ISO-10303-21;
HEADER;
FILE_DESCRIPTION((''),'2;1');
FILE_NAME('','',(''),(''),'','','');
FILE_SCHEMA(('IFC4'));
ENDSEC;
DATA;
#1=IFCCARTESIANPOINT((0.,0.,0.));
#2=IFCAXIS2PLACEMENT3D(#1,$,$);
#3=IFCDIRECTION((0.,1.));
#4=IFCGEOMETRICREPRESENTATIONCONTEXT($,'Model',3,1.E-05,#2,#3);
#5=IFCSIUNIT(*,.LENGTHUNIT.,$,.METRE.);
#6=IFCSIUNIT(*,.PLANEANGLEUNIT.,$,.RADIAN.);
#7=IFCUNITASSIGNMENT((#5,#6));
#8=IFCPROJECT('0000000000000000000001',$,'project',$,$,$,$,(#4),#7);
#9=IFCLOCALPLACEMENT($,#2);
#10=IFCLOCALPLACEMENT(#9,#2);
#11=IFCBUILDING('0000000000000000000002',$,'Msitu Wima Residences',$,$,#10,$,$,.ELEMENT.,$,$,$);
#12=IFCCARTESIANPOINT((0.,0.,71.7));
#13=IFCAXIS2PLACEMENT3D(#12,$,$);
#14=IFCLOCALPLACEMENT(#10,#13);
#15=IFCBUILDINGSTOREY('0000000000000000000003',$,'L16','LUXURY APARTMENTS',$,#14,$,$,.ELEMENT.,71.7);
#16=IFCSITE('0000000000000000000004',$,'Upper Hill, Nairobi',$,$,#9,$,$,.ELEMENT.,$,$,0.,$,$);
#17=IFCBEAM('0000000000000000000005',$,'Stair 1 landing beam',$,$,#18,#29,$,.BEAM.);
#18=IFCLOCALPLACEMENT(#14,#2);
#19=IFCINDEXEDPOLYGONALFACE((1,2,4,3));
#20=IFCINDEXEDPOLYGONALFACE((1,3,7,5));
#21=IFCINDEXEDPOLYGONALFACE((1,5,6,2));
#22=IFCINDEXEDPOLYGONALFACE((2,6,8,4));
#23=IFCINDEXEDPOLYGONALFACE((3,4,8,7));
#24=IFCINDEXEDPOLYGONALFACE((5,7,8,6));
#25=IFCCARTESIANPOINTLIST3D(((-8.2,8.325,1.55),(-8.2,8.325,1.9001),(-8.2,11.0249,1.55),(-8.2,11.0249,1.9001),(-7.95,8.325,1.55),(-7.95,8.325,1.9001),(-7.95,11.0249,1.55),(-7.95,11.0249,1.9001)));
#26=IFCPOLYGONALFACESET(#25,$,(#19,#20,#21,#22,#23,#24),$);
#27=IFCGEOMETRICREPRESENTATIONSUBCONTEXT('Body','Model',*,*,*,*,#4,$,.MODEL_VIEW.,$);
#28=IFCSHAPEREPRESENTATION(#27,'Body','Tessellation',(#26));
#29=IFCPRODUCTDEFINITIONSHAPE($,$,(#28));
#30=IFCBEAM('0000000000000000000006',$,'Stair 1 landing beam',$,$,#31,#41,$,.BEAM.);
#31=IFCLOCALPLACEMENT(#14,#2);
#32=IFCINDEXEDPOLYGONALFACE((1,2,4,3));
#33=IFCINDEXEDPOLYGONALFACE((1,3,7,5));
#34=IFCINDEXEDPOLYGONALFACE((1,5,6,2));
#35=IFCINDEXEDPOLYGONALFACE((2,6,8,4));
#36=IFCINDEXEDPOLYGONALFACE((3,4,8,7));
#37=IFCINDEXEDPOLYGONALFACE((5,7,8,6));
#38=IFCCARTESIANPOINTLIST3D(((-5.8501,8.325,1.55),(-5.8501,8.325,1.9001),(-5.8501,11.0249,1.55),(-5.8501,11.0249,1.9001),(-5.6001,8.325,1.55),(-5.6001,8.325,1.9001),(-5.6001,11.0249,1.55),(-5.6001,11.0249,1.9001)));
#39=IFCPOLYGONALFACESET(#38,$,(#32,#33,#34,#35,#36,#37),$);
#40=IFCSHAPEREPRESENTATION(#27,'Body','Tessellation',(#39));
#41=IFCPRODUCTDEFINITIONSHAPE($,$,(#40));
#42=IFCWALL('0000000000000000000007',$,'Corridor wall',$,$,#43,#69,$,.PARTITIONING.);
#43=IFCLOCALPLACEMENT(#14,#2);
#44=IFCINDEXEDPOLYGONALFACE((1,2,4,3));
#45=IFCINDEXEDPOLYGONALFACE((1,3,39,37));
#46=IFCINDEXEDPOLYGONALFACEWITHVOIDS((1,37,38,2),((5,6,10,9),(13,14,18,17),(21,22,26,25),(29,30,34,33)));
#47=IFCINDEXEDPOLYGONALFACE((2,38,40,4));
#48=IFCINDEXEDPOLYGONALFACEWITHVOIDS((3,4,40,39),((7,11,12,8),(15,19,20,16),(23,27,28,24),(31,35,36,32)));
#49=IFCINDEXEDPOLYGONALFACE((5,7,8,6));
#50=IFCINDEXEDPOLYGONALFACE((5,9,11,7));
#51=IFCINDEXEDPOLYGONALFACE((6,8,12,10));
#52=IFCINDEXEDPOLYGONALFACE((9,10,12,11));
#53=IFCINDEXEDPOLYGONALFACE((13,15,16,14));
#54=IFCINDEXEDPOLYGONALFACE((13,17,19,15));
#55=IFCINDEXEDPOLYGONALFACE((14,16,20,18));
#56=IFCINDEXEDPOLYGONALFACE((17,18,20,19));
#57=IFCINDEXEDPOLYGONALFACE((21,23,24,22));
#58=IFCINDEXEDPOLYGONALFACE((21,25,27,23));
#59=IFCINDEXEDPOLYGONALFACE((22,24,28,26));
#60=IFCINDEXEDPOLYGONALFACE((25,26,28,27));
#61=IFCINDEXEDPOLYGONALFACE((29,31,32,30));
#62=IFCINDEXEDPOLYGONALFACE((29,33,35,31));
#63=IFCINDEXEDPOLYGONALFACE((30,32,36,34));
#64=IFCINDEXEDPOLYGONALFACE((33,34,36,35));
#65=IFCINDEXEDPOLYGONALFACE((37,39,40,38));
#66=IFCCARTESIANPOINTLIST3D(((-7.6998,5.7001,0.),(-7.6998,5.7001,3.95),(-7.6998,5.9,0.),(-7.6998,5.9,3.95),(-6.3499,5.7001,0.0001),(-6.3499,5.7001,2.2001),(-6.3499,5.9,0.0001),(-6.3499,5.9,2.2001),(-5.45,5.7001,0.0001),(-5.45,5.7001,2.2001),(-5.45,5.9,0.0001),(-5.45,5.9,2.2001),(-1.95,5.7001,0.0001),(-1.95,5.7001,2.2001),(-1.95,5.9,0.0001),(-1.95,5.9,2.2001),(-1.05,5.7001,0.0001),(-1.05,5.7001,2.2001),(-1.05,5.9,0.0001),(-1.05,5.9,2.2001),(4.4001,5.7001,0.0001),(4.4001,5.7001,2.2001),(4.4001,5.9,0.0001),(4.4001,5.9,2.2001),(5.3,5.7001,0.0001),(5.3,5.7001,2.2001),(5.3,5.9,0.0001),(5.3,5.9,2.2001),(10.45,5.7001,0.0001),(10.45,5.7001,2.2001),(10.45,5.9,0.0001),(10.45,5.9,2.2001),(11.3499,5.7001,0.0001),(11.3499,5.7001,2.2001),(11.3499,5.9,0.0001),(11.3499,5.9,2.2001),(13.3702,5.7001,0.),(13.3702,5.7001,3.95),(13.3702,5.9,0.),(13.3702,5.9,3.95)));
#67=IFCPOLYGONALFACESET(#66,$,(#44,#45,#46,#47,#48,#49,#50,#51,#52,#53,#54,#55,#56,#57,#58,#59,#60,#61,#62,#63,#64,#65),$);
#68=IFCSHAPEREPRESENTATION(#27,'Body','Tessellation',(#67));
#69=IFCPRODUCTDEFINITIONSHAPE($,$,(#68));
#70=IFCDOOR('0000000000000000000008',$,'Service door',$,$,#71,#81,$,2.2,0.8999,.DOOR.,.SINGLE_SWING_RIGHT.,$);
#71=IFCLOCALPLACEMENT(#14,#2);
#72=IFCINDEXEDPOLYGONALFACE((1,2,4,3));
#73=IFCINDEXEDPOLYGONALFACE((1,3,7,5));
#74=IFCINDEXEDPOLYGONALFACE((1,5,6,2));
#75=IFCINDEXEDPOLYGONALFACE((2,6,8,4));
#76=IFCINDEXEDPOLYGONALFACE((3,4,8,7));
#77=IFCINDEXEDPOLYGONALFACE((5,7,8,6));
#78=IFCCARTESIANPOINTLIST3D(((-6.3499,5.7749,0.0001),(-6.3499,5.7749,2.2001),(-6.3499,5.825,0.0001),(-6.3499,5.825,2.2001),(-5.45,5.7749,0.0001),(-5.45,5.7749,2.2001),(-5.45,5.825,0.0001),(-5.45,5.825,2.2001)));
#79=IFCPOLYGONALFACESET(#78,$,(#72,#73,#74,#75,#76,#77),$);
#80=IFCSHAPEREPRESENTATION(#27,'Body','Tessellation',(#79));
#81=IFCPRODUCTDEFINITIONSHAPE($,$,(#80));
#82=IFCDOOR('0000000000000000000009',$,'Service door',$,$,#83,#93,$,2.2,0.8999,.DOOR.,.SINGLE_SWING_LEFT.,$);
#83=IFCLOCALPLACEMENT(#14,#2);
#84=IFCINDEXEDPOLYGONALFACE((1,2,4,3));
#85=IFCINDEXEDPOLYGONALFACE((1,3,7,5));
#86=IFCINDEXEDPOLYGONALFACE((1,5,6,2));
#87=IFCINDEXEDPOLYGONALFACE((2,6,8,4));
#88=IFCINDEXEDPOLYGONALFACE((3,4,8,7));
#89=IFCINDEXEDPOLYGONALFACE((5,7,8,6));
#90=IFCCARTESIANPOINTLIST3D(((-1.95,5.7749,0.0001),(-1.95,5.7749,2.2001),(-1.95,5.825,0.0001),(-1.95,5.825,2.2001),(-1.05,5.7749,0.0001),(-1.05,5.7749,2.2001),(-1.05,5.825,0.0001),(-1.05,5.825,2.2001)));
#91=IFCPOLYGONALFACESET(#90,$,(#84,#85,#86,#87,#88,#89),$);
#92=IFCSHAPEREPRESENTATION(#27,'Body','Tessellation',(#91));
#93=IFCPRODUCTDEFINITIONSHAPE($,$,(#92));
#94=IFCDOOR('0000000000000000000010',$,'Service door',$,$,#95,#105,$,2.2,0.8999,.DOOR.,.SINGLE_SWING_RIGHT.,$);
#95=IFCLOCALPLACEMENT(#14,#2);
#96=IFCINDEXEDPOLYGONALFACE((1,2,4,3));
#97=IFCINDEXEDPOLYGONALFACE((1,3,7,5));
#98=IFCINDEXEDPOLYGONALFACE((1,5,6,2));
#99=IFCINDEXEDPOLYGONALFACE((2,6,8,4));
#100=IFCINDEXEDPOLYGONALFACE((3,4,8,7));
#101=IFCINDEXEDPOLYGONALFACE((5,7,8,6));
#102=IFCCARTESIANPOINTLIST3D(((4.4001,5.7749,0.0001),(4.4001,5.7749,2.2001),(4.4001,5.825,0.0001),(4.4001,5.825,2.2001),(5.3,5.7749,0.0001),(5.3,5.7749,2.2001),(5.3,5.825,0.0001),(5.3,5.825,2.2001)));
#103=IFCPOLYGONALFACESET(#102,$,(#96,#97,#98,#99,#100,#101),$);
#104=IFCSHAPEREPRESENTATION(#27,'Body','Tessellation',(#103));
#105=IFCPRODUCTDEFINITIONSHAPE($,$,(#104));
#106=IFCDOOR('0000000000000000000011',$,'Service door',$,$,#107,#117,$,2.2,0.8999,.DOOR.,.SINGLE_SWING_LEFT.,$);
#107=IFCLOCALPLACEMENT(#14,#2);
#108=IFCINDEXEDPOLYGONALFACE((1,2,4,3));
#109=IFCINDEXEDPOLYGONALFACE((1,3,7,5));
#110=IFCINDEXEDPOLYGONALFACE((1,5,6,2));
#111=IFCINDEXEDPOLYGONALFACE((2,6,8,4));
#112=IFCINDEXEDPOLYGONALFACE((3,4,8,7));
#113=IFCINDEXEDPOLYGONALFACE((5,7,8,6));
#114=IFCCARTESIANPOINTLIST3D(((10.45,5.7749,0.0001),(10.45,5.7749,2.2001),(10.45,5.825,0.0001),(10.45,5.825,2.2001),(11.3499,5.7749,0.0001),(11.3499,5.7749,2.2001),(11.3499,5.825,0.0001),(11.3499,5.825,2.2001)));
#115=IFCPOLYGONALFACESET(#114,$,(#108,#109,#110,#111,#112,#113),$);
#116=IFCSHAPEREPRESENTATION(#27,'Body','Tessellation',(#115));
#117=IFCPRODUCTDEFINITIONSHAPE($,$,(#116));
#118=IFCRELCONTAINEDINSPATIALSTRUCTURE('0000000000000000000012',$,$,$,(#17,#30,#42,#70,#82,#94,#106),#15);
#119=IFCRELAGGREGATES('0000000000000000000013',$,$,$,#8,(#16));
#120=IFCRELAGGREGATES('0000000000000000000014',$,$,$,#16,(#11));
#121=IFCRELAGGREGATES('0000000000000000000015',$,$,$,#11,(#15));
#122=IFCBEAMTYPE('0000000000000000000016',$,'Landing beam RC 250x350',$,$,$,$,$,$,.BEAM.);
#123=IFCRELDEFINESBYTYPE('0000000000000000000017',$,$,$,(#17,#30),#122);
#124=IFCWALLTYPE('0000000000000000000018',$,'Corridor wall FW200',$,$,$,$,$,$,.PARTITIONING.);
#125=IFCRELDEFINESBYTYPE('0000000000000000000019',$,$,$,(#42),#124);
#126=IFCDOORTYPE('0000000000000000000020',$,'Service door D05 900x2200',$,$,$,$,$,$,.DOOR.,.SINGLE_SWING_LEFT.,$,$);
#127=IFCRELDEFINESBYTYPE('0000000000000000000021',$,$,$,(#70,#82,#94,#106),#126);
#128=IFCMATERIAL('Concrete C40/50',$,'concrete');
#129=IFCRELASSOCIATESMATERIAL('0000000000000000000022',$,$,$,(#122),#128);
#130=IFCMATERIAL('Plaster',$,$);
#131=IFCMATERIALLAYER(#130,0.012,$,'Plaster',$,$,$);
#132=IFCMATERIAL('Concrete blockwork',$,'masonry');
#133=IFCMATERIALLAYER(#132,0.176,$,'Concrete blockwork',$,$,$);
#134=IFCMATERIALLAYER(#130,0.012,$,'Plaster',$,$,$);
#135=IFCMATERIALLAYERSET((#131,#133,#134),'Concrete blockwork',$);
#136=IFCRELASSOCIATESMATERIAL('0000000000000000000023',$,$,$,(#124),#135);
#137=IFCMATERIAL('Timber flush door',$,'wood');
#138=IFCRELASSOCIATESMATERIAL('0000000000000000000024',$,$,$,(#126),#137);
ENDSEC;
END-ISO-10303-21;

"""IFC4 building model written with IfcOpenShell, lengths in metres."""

from ifc_helpers import new_model, si_unit, direction, frame, frame_2d, origin, origin_2d, place, context, subcontext, project, spatial, rectangle, extrude, material, layer, layer_set, material_profile, profile_set, type_object, element, fill, save


model = new_model("IFC4")

# Units and contexts
model_context = context("Model", 3, precision=1e-05, world=origin(), true_north=direction((0.0, 1.0)))
body_context = subcontext(model_context, "Body", "Model", "MODEL_VIEW")
ifc_project = project(units=[si_unit("LENGTHUNIT", "METRE"), si_unit("PLANEANGLEUNIT", "RADIAN")], contexts=[model_context])

# Site, building, storey
site_placement = place(None, origin())
site = spatial("IfcSite", under=ifc_project, at=site_placement, Name="Upper Hill, Nairobi", CompositionType="ELEMENT", RefElevation=0.0)
building_placement = place(site_placement, origin())
building = spatial("IfcBuilding", under=site, at=building_placement, Name="Msitu Wima Residences", CompositionType="ELEMENT")
storey_placement = place(building_placement, frame((0.0, 0.0, 71.7)))
storey = spatial("IfcBuildingStorey", under=building, at=storey_placement, Name="L16", Description="LUXURY APARTMENTS", CompositionType="ELEMENT", Elevation=71.7)

# Beams
ifc_material_1 = material(Name="Concrete C40/50", Category="concrete")
ifc_material_profile = material_profile(ifc_material_1, rectangle(XDim=0.25, YDim=0.3501, at=origin_2d()), Name="RC 250x350")
ifc_profile_set = profile_set([ifc_material_profile], Name="Concrete C40/50")
beam_type = type_object("IfcBeamType", Name="Landing beam RC 250x350", PredefinedType="BEAM", material=ifc_profile_set)
for number, where, z_axis, x_axis, name in (
    (1, (-8.075, 8.325, 1.7251), (0.0, 1.0, 0.0), (-1.0, 0.0, 0.0), "Stair 1 landing beam"),
    (2, (-5.7251, 8.325, 1.7251), (0.0, 1.0, 0.0), (-1.0, 0.0, 0.0), "Stair 1 landing beam"),
):
    element("IfcBeam", number, at=place(storey_placement, frame(where, z_axis=z_axis, x_axis=x_axis)), inside=storey, type_object=beam_type, Name=name, PredefinedType="BEAM", context=body_context, shape_type="SweptSolid", body=[
        extrude(rectangle(XDim=0.25, YDim=0.3501, at=origin_2d()), origin(), (0.0, 0.0, 1.0), 2.7),
    ])

# Shared definitions
ifc_material_2 = material(Name="Plaster")
ifc_layer_1 = layer(ifc_material_2, 0.012, Name="Plaster")
ifc_material_3 = material(Name="Concrete blockwork", Category="masonry")
ifc_layer_2 = layer(ifc_material_3, 0.176, Name="Concrete blockwork")
ifc_layer_3 = layer(ifc_material_2, 0.012, Name="Plaster")
ifc_layer_set_1 = layer_set([ifc_layer_1, ifc_layer_2, ifc_layer_3], Name="Concrete blockwork")
wall_type_1 = type_object("IfcWallType", Name="Corridor wall FW200", PredefinedType="PARTITIONING", material=ifc_layer_set_1)

# Wall, openings, doors
wall_1_placement = place(storey_placement, frame((-7.7, 5.8, 0.0), z_axis=(0.0, 0.0, 1.0), x_axis=(1.0, 0.0, 0.0)))
wall_1 = element("IfcWall", 3, at=wall_1_placement, inside=storey, type_object=wall_type_1, Name="Corridor wall", PredefinedType="PARTITIONING", context=body_context, shape_type="SweptSolid", body=[
    extrude(rectangle(XDim=21.0701, YDim=0.2, at=frame_2d((10.5352, 0.0))), origin(), (0.0, 0.0, 1.0), 3.95),
])
opening_1_placement = place(wall_1_placement, frame((1.3501, 0.0, 0.0)))
opening_1 = element("IfcOpeningElement", 4, at=opening_1_placement, cuts=wall_1, PredefinedType="OPENING", context=body_context, shape_type="SweptSolid", body=[
    extrude(rectangle(XDim=0.8999, YDim=2.2, at=frame_2d((0.45, 1.1001))), frame((0.0, 0.1099, 0.0), z_axis=(0.0, -1.0, 0.0), x_axis=(1.0, 0.0, 0.0)), (0.0, 0.0, 1.0), 0.22),
])
opening_2_placement = place(wall_1_placement, frame((5.75, 0.0, 0.0)))
opening_2 = element("IfcOpeningElement", 5, at=opening_2_placement, cuts=wall_1, PredefinedType="OPENING", context=body_context, shape_type="SweptSolid", body=[
    extrude(rectangle(XDim=0.8999, YDim=2.2, at=frame_2d((0.45, 1.1001))), frame((0.0, 0.1099, 0.0), z_axis=(0.0, -1.0, 0.0), x_axis=(1.0, 0.0, 0.0)), (0.0, 0.0, 1.0), 0.22),
])
opening_3_placement = place(wall_1_placement, frame((12.1001, 0.0, 0.0)))
opening_3 = element("IfcOpeningElement", 6, at=opening_3_placement, cuts=wall_1, PredefinedType="OPENING", context=body_context, shape_type="SweptSolid", body=[
    extrude(rectangle(XDim=0.8999, YDim=2.2, at=frame_2d((0.45, 1.1001))), frame((0.0, 0.1099, 0.0), z_axis=(0.0, -1.0, 0.0), x_axis=(1.0, 0.0, 0.0)), (0.0, 0.0, 1.0), 0.22),
])
opening_4_placement = place(wall_1_placement, frame((18.1499, 0.0, 0.0)))
opening_4 = element("IfcOpeningElement", 7, at=opening_4_placement, cuts=wall_1, PredefinedType="OPENING", context=body_context, shape_type="SweptSolid", body=[
    extrude(rectangle(XDim=0.8999, YDim=2.2, at=frame_2d((0.45, 1.1001))), frame((0.0, 0.1099, 0.0), z_axis=(0.0, -1.0, 0.0), x_axis=(1.0, 0.0, 0.0)), (0.0, 0.0, 1.0), 0.22),
])
ifc_material_4 = material(Name="Timber flush door", Category="wood")
door_type_1 = type_object("IfcDoorType", Name="Service door D05 900x2200", OperationType="SINGLE_SWING_LEFT", PredefinedType="DOOR", material=ifc_material_4)
door_1_placement = place(opening_1_placement, origin())
door_1 = element("IfcDoor", 8, at=door_1_placement, inside=storey, type_object=door_type_1, Name="Service door", OperationType="SINGLE_SWING_RIGHT", OverallHeight=2.2, OverallWidth=0.8999, PredefinedType="DOOR", context=body_context, shape_type="SweptSolid", body=[
    extrude(rectangle(XDim=0.8999, YDim=2.2, at=frame_2d((0.45, 1.1001))), frame((0.0, 0.0249, 0.0), z_axis=(0.0, -1.0, 0.0), x_axis=(1.0, 0.0, 0.0)), (0.0, 0.0, 1.0), 0.05),
])
fill(opening_1, door_1)
door_2_placement = place(opening_2_placement, origin())
door_2 = element("IfcDoor", 9, at=door_2_placement, inside=storey, type_object=door_type_1, Name="Service door", OperationType="SINGLE_SWING_LEFT", OverallHeight=2.2, OverallWidth=0.8999, PredefinedType="DOOR", context=body_context, shape_type="SweptSolid", body=[
    extrude(rectangle(XDim=0.8999, YDim=2.2, at=frame_2d((0.45, 1.1001))), frame((0.0, 0.0249, 0.0), z_axis=(0.0, -1.0, 0.0), x_axis=(1.0, 0.0, 0.0)), (0.0, 0.0, 1.0), 0.05),
])
fill(opening_2, door_2)
door_3_placement = place(opening_3_placement, origin())
door_3 = element("IfcDoor", 10, at=door_3_placement, inside=storey, type_object=door_type_1, Name="Service door", OperationType="SINGLE_SWING_RIGHT", OverallHeight=2.2, OverallWidth=0.8999, PredefinedType="DOOR", context=body_context, shape_type="SweptSolid", body=[
    extrude(rectangle(XDim=0.8999, YDim=2.2, at=frame_2d((0.45, 1.1001))), frame((0.0, 0.0249, 0.0), z_axis=(0.0, -1.0, 0.0), x_axis=(1.0, 0.0, 0.0)), (0.0, 0.0, 1.0), 0.05),
])
fill(opening_3, door_3)
door_4_placement = place(opening_4_placement, origin())
door_4 = element("IfcDoor", 11, at=door_4_placement, inside=storey, type_object=door_type_1, Name="Service door", OperationType="SINGLE_SWING_LEFT", OverallHeight=2.2, OverallWidth=0.8999, PredefinedType="DOOR", context=body_context, shape_type="SweptSolid", body=[
    extrude(rectangle(XDim=0.8999, YDim=2.2, at=frame_2d((0.45, 1.1001))), frame((0.0, 0.0249, 0.0), z_axis=(0.0, -1.0, 0.0), x_axis=(1.0, 0.0, 0.0)), (0.0, 0.0, 1.0), 0.05),
])
fill(opening_4, door_4)

save(model, "model.ifc")
